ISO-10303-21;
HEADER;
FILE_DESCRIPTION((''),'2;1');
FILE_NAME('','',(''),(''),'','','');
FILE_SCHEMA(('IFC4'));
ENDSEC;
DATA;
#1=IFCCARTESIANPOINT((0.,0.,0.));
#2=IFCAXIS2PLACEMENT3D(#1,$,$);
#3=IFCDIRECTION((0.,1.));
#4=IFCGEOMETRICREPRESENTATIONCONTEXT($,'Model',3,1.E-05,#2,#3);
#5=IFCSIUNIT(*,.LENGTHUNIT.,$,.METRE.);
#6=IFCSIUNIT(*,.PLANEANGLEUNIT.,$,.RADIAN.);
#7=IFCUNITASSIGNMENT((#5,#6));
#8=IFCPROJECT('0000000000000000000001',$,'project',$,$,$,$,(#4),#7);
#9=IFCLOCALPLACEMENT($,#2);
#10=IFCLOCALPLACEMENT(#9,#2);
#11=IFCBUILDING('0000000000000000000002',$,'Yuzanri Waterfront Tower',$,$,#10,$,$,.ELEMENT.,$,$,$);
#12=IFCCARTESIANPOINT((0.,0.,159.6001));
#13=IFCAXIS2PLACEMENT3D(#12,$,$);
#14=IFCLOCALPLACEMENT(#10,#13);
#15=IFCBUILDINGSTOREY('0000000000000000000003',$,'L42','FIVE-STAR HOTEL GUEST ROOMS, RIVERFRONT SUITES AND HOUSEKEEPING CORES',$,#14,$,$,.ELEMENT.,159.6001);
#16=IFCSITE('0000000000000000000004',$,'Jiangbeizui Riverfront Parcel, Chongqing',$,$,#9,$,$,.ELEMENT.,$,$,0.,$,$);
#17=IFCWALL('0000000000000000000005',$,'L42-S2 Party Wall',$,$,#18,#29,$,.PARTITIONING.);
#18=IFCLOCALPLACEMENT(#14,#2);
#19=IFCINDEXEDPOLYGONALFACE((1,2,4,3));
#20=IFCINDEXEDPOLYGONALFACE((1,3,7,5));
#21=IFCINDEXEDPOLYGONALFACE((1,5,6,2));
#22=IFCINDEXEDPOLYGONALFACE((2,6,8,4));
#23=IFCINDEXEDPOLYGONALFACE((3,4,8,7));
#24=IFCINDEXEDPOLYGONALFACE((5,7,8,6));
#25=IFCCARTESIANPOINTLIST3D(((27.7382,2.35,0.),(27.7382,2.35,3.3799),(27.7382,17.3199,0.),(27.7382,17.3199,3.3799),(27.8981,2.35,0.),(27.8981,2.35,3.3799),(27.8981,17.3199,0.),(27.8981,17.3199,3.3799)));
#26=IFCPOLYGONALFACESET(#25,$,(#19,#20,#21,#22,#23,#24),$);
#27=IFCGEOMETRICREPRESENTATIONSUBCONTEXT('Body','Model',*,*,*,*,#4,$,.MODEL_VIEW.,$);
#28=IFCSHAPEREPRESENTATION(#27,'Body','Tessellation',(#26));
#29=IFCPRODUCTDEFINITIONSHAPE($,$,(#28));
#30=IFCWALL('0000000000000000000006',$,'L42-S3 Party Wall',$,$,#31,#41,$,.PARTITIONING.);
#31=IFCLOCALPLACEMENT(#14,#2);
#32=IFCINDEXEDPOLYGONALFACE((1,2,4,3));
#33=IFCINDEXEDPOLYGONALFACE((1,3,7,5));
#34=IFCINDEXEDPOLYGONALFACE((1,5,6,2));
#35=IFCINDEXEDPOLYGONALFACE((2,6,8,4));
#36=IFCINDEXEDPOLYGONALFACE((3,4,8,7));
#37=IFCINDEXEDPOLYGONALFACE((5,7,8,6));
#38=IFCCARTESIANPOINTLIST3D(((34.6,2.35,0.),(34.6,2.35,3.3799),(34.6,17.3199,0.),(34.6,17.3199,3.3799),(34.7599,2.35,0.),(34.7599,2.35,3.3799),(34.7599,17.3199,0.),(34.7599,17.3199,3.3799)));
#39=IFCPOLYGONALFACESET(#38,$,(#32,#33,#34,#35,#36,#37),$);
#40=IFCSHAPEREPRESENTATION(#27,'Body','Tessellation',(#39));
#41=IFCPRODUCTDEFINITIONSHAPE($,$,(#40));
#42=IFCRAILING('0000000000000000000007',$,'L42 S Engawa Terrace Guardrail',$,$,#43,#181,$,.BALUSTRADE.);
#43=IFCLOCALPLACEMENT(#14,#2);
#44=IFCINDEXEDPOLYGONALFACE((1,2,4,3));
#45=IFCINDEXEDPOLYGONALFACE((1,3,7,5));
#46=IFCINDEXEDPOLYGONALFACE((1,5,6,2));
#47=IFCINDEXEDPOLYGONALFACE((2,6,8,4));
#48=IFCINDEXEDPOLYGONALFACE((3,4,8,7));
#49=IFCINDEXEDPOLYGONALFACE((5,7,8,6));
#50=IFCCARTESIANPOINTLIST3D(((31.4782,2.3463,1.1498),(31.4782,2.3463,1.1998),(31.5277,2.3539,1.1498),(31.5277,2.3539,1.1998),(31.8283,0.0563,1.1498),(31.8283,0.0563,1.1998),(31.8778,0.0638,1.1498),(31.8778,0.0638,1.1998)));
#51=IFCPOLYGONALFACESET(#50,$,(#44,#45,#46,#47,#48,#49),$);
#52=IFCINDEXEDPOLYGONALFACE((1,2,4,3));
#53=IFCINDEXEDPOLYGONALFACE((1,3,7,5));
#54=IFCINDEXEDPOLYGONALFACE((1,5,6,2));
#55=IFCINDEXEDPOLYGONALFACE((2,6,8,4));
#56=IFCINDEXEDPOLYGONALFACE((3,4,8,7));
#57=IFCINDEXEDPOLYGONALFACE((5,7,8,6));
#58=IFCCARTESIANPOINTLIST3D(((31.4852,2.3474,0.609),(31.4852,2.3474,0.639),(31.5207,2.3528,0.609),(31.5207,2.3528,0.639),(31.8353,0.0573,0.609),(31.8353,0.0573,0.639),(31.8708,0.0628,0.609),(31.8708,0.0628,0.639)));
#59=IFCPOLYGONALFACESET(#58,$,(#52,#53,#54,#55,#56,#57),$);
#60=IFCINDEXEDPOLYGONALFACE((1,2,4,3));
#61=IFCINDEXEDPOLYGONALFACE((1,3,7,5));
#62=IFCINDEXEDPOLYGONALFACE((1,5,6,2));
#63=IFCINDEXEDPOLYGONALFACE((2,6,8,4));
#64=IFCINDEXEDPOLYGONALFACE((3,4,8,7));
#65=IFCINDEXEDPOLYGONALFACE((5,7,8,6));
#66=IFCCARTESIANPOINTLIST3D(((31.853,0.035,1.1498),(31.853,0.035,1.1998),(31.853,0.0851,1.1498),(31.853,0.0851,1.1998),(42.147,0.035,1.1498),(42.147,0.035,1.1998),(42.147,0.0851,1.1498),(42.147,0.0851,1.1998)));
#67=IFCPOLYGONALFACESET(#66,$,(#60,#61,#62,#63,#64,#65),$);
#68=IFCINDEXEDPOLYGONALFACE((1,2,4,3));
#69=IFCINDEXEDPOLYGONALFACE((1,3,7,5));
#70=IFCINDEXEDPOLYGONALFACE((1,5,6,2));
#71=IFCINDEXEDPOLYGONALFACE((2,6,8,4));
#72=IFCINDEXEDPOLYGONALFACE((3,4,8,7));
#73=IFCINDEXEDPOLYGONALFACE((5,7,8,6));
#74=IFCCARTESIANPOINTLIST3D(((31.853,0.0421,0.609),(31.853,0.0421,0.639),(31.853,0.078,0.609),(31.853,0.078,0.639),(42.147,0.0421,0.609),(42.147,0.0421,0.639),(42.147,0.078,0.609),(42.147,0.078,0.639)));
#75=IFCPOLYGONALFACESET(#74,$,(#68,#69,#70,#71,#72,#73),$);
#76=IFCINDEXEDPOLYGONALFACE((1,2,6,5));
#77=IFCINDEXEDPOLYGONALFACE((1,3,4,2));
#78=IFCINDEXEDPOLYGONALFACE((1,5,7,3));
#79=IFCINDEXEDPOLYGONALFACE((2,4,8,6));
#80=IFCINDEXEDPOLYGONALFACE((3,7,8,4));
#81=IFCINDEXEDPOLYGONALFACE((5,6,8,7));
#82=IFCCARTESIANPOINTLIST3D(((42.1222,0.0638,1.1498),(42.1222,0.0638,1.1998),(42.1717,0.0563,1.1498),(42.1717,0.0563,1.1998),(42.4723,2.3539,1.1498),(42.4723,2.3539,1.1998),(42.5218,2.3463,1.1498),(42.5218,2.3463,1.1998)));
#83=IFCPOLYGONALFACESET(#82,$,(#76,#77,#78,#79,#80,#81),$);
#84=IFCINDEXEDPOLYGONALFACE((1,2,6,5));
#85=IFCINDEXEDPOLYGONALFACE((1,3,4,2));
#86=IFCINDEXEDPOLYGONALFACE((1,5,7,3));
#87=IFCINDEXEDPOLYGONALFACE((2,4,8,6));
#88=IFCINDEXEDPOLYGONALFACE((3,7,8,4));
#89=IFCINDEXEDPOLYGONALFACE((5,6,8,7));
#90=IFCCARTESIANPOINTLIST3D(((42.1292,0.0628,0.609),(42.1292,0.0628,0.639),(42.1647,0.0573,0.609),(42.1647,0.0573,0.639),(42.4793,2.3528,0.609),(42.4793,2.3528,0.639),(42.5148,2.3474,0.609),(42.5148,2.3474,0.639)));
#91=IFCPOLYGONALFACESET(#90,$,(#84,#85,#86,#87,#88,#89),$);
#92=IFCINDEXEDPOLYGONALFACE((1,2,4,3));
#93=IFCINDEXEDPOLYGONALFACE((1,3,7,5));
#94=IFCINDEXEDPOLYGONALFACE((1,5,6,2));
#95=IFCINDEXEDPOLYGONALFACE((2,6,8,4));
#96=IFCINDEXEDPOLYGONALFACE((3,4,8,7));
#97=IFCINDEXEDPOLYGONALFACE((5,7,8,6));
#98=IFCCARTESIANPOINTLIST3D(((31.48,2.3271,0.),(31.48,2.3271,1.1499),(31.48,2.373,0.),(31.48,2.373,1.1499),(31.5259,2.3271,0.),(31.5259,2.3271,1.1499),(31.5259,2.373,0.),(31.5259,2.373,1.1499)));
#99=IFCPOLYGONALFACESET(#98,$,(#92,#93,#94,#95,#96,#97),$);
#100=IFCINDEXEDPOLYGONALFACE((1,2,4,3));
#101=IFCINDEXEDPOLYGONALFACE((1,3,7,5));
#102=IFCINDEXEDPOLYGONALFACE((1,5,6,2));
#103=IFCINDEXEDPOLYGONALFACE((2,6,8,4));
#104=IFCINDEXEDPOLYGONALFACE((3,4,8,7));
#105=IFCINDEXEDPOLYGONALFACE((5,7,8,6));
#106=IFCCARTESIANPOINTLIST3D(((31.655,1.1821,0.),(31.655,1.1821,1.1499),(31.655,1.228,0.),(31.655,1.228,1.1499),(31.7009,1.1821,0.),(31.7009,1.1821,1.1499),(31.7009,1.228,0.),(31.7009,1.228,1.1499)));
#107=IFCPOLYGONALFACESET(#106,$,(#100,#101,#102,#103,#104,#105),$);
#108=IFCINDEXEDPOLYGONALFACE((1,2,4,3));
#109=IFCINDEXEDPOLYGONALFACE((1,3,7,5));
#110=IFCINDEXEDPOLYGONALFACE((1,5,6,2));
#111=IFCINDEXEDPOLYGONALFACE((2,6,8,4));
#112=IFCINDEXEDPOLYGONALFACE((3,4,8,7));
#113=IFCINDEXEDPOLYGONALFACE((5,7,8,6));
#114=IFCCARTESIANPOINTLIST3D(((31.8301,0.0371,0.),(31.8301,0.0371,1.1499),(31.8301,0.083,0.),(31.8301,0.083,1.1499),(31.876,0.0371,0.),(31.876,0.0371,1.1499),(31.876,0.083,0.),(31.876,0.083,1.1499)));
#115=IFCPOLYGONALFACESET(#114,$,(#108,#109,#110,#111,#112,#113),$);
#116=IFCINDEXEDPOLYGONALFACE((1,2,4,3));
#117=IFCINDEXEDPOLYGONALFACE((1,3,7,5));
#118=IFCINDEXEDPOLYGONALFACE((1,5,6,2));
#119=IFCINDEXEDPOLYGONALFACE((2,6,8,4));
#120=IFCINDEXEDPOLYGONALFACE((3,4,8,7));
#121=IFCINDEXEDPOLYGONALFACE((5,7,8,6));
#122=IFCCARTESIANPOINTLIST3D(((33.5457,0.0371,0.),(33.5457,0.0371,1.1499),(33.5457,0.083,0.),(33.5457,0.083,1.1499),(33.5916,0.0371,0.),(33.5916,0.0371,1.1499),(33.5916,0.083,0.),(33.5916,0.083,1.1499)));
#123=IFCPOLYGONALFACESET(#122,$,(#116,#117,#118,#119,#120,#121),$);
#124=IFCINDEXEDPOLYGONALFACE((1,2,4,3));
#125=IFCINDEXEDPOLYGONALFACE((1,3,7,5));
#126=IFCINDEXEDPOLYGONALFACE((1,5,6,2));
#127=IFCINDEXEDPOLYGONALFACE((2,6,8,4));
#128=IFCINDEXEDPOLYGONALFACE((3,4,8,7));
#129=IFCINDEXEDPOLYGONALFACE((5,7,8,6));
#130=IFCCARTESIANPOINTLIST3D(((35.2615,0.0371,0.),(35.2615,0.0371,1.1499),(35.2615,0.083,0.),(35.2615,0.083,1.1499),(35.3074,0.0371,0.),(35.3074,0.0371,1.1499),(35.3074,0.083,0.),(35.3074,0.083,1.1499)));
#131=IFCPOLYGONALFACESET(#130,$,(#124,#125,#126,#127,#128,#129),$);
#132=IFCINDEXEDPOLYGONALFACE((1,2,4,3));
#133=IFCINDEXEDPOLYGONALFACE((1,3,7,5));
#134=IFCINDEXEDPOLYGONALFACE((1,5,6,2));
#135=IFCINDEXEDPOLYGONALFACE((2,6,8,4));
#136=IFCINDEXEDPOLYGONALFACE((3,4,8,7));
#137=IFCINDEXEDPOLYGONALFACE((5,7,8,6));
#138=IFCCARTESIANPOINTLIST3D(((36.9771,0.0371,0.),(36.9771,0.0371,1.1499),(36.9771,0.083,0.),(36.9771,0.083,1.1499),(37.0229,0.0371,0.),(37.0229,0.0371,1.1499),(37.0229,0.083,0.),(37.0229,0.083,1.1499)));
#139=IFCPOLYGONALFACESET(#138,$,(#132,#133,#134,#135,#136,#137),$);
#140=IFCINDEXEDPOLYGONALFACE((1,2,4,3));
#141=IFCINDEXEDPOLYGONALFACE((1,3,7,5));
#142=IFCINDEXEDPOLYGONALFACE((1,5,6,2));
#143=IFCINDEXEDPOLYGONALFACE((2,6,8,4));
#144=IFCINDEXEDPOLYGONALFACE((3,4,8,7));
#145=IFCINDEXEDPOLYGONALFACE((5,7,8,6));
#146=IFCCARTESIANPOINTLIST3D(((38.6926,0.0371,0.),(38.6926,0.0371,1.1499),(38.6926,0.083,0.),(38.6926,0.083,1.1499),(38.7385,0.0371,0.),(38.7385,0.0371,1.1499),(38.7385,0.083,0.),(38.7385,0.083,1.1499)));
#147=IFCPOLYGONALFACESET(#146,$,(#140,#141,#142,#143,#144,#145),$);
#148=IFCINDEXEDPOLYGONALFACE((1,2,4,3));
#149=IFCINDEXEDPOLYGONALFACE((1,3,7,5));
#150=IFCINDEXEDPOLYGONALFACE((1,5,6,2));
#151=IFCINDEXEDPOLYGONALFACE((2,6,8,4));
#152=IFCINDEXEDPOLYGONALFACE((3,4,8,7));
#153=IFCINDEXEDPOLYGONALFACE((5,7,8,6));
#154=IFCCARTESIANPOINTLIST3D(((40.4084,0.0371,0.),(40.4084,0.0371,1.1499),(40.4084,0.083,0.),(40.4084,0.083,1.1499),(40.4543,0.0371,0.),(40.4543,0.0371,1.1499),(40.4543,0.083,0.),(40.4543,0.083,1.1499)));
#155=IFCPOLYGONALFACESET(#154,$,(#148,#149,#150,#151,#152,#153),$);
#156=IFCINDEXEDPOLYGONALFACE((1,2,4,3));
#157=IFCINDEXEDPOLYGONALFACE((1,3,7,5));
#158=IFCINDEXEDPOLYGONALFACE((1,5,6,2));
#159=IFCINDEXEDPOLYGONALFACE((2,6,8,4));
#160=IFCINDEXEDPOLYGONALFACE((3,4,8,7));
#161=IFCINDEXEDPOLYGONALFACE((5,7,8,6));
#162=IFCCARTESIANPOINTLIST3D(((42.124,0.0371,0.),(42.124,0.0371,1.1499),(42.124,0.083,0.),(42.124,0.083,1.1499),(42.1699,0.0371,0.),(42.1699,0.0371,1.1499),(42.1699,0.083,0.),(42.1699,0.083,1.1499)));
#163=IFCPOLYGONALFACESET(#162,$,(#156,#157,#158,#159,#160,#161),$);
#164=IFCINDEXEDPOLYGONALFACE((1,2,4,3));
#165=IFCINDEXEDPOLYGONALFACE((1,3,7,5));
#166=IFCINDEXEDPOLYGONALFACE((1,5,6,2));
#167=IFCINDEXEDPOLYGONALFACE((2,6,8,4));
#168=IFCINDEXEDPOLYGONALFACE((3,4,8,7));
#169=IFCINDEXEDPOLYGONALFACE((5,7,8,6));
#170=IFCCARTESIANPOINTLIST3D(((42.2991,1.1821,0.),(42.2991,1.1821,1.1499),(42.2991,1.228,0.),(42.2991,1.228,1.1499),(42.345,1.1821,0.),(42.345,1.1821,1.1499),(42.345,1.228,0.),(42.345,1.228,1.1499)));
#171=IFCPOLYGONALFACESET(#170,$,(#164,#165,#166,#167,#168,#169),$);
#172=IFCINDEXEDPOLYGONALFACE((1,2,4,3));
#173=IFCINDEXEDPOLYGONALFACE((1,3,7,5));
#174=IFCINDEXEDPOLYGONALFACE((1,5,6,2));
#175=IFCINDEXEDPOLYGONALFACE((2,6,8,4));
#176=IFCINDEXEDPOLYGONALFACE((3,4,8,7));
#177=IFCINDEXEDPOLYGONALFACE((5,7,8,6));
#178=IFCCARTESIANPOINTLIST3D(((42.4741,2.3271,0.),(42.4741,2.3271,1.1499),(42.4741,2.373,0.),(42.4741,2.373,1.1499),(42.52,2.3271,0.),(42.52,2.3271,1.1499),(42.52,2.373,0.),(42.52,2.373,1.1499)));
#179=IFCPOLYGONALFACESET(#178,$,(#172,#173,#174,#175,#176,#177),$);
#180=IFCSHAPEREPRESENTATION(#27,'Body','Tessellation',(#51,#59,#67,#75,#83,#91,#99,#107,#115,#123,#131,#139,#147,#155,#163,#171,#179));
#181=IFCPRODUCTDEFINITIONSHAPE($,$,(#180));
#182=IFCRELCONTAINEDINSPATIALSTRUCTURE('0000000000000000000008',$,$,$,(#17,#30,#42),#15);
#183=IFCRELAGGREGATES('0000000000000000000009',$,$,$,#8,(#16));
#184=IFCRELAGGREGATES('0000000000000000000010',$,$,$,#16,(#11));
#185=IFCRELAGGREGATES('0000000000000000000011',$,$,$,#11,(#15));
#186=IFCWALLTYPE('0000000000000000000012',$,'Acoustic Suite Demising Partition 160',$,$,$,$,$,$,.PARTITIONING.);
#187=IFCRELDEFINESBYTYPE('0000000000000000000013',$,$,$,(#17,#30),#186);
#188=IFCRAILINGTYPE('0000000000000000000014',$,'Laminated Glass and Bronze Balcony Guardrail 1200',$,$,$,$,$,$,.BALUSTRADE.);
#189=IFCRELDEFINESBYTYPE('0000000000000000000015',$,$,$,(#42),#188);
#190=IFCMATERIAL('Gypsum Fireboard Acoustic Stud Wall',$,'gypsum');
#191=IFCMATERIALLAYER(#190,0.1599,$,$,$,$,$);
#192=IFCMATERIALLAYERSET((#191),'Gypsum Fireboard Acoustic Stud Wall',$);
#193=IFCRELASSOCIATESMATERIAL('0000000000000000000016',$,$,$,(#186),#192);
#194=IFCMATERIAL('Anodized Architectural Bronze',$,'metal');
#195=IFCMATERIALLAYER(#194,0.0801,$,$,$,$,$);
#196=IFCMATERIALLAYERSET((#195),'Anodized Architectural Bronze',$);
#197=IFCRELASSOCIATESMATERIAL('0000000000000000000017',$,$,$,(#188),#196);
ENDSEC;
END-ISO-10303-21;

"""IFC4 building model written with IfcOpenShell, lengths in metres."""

from ifc_helpers import new_model, si_unit, direction, frame, frame_2d, origin, origin_2d, place, context, subcontext, project, spatial, rectangle, extrude, source, transform, mapped, material, layer, layer_set, type_object, element, save


model = new_model("IFC4")

# Units and contexts
model_context = context("Model", 3, precision=1e-05, world=origin(), true_north=direction((0.0, 1.0)))
body_context = subcontext(model_context, "Body", "Model", "MODEL_VIEW")
ifc_project = project(units=[si_unit("LENGTHUNIT", "METRE"), si_unit("PLANEANGLEUNIT", "RADIAN")], contexts=[model_context])

# Site, building, storey
site_placement = place(None, origin())
site = spatial("IfcSite", under=ifc_project, at=site_placement, Name="Jiangbeizui Riverfront Parcel, Chongqing", CompositionType="ELEMENT", RefElevation=0.0)
building_placement = place(site_placement, origin())
building = spatial("IfcBuilding", under=site, at=building_placement, Name="Yuzanri Waterfront Tower", CompositionType="ELEMENT")
storey_placement = place(building_placement, frame((0.0, 0.0, 159.6001)))
storey = spatial("IfcBuildingStorey", under=building, at=storey_placement, Name="L42", Description="FIVE-STAR HOTEL GUEST ROOMS, RIVERFRONT SUITES AND HOUSEKEEPING CORES", CompositionType="ELEMENT", Elevation=159.6001)

# Walls
ifc_material_1 = material(Name="Gypsum Fireboard Acoustic Stud Wall", Category="gypsum")
ifc_layer_1 = layer(ifc_material_1, 0.1599)
ifc_layer_set_1 = layer_set([ifc_layer_1], Name="Gypsum Fireboard Acoustic Stud Wall")
wall_type_1 = type_object("IfcWallType", Name="Acoustic Suite Demising Partition 160", PredefinedType="PARTITIONING", material=ifc_layer_set_1)
shared_shape_1 = source(origin(), body_context, "Body", "SweptSolid", [
    extrude(rectangle(XDim=14.97, YDim=0.1599, at=frame_2d((7.4849, 0.0))), origin(), (0.0, 0.0, 1.0), 3.3799),
])
for number, where, z_axis, x_axis, name in (
    (1, (27.8181, 2.3501, 0.0), (0.0, 0.0, 1.0), (0.0, 1.0, 0.0), "L42-S2 Party Wall"),
    (2, (34.6799, 2.3501, 0.0), (0.0, 0.0, 1.0), (0.0, 1.0, 0.0), "L42-S3 Party Wall"),
):
    element("IfcWall", number, at=place(storey_placement, frame(where, z_axis=z_axis, x_axis=x_axis)), inside=storey, type_object=wall_type_1, Name=name, PredefinedType="PARTITIONING", context=body_context, shape_type="MappedRepresentation", body=[
        mapped(shared_shape_1, transform((0.0, 0.0, 0.0), scale=1.0)),
    ])

# Railing
ifc_material_2 = material(Name="Anodized Architectural Bronze", Category="metal")
ifc_layer_2 = layer(ifc_material_2, 0.0801)
ifc_layer_set_2 = layer_set([ifc_layer_2], Name="Anodized Architectural Bronze")
railing_type = type_object("IfcRailingType", Name="Laminated Glass and Bronze Balcony Guardrail 1200", PredefinedType="BALUSTRADE", material=ifc_layer_set_2)
shared_shape_2 = source(origin(), body_context, "Body", "SweptSolid", [
    extrude(rectangle(XDim=0.05, YDim=0.05, at=origin_2d()), frame((0.0, 0.0, 1.1748), z_axis=(0.151123, -0.988515, 0.0), x_axis=(0.988515, 0.151123, 0.0)), (0.0, 0.0, 1.0), 2.3167),
    extrude(rectangle(XDim=0.0359, YDim=0.03, at=origin_2d()), frame((0.0, 0.0, 0.624), z_axis=(0.151123, -0.988515, 0.0), x_axis=(0.988515, 0.151123, 0.0)), (0.0, 0.0, 1.0), 2.3167),
    extrude(rectangle(XDim=0.05, YDim=0.05, at=origin_2d()), frame((0.3501, -2.29, 1.1748), z_axis=(1.0, 0.0, 0.0), x_axis=(0.0, 1.0, 0.0)), (0.0, 0.0, 1.0), 10.2939),
    extrude(rectangle(XDim=0.0359, YDim=0.03, at=origin_2d()), frame((0.3501, -2.29, 0.624), z_axis=(1.0, 0.0, 0.0), x_axis=(0.0, 1.0, 0.0)), (0.0, 0.0, 1.0), 10.2939),
    extrude(rectangle(XDim=0.05, YDim=0.05, at=origin_2d()), frame((10.644, -2.29, 1.1748), z_axis=(0.151123, 0.988515, 0.0), x_axis=(-0.988515, 0.151123, 0.0)), (0.0, 0.0, 1.0), 2.3167),
    extrude(rectangle(XDim=0.0359, YDim=0.03, at=origin_2d()), frame((10.644, -2.29, 0.624), z_axis=(0.151123, 0.988515, 0.0), x_axis=(-0.988515, 0.151123, 0.0)), (0.0, 0.0, 1.0), 2.3167),
    extrude(rectangle(XDim=0.0459, YDim=0.0459, at=origin_2d()), origin(), (0.0, 0.0, 1.0), 1.1499),
    extrude(rectangle(XDim=0.0459, YDim=0.0459, at=origin_2d()), frame((0.175, -1.145, 0.0)), (0.0, 0.0, 1.0), 1.1499),
    extrude(rectangle(XDim=0.0459, YDim=0.0459, at=origin_2d()), frame((0.3501, -2.29, 0.0)), (0.0, 0.0, 1.0), 1.1499),
    extrude(rectangle(XDim=0.0459, YDim=0.0459, at=origin_2d()), frame((2.0657, -2.29, 0.0)), (0.0, 0.0, 1.0), 1.1499),
    extrude(rectangle(XDim=0.0459, YDim=0.0459, at=origin_2d()), frame((3.7815, -2.29, 0.0)), (0.0, 0.0, 1.0), 1.1499),
    extrude(rectangle(XDim=0.0459, YDim=0.0459, at=origin_2d()), frame((5.4971, -2.29, 0.0)), (0.0, 0.0, 1.0), 1.1499),
    extrude(rectangle(XDim=0.0459, YDim=0.0459, at=origin_2d()), frame((7.2126, -2.29, 0.0)), (0.0, 0.0, 1.0), 1.1499),
    extrude(rectangle(XDim=0.0459, YDim=0.0459, at=origin_2d()), frame((8.9285, -2.29, 0.0)), (0.0, 0.0, 1.0), 1.1499),
    extrude(rectangle(XDim=0.0459, YDim=0.0459, at=origin_2d()), frame((10.644, -2.29, 0.0)), (0.0, 0.0, 1.0), 1.1499),
    extrude(rectangle(XDim=0.0459, YDim=0.0459, at=origin_2d()), frame((10.8191, -1.145, 0.0)), (0.0, 0.0, 1.0), 1.1499),
    extrude(rectangle(XDim=0.0459, YDim=0.0459, at=origin_2d()), frame((10.9941, 0.0, 0.0)), (0.0, 0.0, 1.0), 1.1499),
])
railing_placement = place(storey_placement, frame((31.5029, 2.3501, 0.0)))
element("IfcRailing", 3, at=railing_placement, inside=storey, type_object=railing_type, Name="L42 S Engawa Terrace Guardrail", PredefinedType="BALUSTRADE", context=body_context, shape_type="MappedRepresentation", body=[
    mapped(shared_shape_2, transform((0.0, 0.0, 0.0), scale=1.0)),
])

save(model, "model.ifc")
